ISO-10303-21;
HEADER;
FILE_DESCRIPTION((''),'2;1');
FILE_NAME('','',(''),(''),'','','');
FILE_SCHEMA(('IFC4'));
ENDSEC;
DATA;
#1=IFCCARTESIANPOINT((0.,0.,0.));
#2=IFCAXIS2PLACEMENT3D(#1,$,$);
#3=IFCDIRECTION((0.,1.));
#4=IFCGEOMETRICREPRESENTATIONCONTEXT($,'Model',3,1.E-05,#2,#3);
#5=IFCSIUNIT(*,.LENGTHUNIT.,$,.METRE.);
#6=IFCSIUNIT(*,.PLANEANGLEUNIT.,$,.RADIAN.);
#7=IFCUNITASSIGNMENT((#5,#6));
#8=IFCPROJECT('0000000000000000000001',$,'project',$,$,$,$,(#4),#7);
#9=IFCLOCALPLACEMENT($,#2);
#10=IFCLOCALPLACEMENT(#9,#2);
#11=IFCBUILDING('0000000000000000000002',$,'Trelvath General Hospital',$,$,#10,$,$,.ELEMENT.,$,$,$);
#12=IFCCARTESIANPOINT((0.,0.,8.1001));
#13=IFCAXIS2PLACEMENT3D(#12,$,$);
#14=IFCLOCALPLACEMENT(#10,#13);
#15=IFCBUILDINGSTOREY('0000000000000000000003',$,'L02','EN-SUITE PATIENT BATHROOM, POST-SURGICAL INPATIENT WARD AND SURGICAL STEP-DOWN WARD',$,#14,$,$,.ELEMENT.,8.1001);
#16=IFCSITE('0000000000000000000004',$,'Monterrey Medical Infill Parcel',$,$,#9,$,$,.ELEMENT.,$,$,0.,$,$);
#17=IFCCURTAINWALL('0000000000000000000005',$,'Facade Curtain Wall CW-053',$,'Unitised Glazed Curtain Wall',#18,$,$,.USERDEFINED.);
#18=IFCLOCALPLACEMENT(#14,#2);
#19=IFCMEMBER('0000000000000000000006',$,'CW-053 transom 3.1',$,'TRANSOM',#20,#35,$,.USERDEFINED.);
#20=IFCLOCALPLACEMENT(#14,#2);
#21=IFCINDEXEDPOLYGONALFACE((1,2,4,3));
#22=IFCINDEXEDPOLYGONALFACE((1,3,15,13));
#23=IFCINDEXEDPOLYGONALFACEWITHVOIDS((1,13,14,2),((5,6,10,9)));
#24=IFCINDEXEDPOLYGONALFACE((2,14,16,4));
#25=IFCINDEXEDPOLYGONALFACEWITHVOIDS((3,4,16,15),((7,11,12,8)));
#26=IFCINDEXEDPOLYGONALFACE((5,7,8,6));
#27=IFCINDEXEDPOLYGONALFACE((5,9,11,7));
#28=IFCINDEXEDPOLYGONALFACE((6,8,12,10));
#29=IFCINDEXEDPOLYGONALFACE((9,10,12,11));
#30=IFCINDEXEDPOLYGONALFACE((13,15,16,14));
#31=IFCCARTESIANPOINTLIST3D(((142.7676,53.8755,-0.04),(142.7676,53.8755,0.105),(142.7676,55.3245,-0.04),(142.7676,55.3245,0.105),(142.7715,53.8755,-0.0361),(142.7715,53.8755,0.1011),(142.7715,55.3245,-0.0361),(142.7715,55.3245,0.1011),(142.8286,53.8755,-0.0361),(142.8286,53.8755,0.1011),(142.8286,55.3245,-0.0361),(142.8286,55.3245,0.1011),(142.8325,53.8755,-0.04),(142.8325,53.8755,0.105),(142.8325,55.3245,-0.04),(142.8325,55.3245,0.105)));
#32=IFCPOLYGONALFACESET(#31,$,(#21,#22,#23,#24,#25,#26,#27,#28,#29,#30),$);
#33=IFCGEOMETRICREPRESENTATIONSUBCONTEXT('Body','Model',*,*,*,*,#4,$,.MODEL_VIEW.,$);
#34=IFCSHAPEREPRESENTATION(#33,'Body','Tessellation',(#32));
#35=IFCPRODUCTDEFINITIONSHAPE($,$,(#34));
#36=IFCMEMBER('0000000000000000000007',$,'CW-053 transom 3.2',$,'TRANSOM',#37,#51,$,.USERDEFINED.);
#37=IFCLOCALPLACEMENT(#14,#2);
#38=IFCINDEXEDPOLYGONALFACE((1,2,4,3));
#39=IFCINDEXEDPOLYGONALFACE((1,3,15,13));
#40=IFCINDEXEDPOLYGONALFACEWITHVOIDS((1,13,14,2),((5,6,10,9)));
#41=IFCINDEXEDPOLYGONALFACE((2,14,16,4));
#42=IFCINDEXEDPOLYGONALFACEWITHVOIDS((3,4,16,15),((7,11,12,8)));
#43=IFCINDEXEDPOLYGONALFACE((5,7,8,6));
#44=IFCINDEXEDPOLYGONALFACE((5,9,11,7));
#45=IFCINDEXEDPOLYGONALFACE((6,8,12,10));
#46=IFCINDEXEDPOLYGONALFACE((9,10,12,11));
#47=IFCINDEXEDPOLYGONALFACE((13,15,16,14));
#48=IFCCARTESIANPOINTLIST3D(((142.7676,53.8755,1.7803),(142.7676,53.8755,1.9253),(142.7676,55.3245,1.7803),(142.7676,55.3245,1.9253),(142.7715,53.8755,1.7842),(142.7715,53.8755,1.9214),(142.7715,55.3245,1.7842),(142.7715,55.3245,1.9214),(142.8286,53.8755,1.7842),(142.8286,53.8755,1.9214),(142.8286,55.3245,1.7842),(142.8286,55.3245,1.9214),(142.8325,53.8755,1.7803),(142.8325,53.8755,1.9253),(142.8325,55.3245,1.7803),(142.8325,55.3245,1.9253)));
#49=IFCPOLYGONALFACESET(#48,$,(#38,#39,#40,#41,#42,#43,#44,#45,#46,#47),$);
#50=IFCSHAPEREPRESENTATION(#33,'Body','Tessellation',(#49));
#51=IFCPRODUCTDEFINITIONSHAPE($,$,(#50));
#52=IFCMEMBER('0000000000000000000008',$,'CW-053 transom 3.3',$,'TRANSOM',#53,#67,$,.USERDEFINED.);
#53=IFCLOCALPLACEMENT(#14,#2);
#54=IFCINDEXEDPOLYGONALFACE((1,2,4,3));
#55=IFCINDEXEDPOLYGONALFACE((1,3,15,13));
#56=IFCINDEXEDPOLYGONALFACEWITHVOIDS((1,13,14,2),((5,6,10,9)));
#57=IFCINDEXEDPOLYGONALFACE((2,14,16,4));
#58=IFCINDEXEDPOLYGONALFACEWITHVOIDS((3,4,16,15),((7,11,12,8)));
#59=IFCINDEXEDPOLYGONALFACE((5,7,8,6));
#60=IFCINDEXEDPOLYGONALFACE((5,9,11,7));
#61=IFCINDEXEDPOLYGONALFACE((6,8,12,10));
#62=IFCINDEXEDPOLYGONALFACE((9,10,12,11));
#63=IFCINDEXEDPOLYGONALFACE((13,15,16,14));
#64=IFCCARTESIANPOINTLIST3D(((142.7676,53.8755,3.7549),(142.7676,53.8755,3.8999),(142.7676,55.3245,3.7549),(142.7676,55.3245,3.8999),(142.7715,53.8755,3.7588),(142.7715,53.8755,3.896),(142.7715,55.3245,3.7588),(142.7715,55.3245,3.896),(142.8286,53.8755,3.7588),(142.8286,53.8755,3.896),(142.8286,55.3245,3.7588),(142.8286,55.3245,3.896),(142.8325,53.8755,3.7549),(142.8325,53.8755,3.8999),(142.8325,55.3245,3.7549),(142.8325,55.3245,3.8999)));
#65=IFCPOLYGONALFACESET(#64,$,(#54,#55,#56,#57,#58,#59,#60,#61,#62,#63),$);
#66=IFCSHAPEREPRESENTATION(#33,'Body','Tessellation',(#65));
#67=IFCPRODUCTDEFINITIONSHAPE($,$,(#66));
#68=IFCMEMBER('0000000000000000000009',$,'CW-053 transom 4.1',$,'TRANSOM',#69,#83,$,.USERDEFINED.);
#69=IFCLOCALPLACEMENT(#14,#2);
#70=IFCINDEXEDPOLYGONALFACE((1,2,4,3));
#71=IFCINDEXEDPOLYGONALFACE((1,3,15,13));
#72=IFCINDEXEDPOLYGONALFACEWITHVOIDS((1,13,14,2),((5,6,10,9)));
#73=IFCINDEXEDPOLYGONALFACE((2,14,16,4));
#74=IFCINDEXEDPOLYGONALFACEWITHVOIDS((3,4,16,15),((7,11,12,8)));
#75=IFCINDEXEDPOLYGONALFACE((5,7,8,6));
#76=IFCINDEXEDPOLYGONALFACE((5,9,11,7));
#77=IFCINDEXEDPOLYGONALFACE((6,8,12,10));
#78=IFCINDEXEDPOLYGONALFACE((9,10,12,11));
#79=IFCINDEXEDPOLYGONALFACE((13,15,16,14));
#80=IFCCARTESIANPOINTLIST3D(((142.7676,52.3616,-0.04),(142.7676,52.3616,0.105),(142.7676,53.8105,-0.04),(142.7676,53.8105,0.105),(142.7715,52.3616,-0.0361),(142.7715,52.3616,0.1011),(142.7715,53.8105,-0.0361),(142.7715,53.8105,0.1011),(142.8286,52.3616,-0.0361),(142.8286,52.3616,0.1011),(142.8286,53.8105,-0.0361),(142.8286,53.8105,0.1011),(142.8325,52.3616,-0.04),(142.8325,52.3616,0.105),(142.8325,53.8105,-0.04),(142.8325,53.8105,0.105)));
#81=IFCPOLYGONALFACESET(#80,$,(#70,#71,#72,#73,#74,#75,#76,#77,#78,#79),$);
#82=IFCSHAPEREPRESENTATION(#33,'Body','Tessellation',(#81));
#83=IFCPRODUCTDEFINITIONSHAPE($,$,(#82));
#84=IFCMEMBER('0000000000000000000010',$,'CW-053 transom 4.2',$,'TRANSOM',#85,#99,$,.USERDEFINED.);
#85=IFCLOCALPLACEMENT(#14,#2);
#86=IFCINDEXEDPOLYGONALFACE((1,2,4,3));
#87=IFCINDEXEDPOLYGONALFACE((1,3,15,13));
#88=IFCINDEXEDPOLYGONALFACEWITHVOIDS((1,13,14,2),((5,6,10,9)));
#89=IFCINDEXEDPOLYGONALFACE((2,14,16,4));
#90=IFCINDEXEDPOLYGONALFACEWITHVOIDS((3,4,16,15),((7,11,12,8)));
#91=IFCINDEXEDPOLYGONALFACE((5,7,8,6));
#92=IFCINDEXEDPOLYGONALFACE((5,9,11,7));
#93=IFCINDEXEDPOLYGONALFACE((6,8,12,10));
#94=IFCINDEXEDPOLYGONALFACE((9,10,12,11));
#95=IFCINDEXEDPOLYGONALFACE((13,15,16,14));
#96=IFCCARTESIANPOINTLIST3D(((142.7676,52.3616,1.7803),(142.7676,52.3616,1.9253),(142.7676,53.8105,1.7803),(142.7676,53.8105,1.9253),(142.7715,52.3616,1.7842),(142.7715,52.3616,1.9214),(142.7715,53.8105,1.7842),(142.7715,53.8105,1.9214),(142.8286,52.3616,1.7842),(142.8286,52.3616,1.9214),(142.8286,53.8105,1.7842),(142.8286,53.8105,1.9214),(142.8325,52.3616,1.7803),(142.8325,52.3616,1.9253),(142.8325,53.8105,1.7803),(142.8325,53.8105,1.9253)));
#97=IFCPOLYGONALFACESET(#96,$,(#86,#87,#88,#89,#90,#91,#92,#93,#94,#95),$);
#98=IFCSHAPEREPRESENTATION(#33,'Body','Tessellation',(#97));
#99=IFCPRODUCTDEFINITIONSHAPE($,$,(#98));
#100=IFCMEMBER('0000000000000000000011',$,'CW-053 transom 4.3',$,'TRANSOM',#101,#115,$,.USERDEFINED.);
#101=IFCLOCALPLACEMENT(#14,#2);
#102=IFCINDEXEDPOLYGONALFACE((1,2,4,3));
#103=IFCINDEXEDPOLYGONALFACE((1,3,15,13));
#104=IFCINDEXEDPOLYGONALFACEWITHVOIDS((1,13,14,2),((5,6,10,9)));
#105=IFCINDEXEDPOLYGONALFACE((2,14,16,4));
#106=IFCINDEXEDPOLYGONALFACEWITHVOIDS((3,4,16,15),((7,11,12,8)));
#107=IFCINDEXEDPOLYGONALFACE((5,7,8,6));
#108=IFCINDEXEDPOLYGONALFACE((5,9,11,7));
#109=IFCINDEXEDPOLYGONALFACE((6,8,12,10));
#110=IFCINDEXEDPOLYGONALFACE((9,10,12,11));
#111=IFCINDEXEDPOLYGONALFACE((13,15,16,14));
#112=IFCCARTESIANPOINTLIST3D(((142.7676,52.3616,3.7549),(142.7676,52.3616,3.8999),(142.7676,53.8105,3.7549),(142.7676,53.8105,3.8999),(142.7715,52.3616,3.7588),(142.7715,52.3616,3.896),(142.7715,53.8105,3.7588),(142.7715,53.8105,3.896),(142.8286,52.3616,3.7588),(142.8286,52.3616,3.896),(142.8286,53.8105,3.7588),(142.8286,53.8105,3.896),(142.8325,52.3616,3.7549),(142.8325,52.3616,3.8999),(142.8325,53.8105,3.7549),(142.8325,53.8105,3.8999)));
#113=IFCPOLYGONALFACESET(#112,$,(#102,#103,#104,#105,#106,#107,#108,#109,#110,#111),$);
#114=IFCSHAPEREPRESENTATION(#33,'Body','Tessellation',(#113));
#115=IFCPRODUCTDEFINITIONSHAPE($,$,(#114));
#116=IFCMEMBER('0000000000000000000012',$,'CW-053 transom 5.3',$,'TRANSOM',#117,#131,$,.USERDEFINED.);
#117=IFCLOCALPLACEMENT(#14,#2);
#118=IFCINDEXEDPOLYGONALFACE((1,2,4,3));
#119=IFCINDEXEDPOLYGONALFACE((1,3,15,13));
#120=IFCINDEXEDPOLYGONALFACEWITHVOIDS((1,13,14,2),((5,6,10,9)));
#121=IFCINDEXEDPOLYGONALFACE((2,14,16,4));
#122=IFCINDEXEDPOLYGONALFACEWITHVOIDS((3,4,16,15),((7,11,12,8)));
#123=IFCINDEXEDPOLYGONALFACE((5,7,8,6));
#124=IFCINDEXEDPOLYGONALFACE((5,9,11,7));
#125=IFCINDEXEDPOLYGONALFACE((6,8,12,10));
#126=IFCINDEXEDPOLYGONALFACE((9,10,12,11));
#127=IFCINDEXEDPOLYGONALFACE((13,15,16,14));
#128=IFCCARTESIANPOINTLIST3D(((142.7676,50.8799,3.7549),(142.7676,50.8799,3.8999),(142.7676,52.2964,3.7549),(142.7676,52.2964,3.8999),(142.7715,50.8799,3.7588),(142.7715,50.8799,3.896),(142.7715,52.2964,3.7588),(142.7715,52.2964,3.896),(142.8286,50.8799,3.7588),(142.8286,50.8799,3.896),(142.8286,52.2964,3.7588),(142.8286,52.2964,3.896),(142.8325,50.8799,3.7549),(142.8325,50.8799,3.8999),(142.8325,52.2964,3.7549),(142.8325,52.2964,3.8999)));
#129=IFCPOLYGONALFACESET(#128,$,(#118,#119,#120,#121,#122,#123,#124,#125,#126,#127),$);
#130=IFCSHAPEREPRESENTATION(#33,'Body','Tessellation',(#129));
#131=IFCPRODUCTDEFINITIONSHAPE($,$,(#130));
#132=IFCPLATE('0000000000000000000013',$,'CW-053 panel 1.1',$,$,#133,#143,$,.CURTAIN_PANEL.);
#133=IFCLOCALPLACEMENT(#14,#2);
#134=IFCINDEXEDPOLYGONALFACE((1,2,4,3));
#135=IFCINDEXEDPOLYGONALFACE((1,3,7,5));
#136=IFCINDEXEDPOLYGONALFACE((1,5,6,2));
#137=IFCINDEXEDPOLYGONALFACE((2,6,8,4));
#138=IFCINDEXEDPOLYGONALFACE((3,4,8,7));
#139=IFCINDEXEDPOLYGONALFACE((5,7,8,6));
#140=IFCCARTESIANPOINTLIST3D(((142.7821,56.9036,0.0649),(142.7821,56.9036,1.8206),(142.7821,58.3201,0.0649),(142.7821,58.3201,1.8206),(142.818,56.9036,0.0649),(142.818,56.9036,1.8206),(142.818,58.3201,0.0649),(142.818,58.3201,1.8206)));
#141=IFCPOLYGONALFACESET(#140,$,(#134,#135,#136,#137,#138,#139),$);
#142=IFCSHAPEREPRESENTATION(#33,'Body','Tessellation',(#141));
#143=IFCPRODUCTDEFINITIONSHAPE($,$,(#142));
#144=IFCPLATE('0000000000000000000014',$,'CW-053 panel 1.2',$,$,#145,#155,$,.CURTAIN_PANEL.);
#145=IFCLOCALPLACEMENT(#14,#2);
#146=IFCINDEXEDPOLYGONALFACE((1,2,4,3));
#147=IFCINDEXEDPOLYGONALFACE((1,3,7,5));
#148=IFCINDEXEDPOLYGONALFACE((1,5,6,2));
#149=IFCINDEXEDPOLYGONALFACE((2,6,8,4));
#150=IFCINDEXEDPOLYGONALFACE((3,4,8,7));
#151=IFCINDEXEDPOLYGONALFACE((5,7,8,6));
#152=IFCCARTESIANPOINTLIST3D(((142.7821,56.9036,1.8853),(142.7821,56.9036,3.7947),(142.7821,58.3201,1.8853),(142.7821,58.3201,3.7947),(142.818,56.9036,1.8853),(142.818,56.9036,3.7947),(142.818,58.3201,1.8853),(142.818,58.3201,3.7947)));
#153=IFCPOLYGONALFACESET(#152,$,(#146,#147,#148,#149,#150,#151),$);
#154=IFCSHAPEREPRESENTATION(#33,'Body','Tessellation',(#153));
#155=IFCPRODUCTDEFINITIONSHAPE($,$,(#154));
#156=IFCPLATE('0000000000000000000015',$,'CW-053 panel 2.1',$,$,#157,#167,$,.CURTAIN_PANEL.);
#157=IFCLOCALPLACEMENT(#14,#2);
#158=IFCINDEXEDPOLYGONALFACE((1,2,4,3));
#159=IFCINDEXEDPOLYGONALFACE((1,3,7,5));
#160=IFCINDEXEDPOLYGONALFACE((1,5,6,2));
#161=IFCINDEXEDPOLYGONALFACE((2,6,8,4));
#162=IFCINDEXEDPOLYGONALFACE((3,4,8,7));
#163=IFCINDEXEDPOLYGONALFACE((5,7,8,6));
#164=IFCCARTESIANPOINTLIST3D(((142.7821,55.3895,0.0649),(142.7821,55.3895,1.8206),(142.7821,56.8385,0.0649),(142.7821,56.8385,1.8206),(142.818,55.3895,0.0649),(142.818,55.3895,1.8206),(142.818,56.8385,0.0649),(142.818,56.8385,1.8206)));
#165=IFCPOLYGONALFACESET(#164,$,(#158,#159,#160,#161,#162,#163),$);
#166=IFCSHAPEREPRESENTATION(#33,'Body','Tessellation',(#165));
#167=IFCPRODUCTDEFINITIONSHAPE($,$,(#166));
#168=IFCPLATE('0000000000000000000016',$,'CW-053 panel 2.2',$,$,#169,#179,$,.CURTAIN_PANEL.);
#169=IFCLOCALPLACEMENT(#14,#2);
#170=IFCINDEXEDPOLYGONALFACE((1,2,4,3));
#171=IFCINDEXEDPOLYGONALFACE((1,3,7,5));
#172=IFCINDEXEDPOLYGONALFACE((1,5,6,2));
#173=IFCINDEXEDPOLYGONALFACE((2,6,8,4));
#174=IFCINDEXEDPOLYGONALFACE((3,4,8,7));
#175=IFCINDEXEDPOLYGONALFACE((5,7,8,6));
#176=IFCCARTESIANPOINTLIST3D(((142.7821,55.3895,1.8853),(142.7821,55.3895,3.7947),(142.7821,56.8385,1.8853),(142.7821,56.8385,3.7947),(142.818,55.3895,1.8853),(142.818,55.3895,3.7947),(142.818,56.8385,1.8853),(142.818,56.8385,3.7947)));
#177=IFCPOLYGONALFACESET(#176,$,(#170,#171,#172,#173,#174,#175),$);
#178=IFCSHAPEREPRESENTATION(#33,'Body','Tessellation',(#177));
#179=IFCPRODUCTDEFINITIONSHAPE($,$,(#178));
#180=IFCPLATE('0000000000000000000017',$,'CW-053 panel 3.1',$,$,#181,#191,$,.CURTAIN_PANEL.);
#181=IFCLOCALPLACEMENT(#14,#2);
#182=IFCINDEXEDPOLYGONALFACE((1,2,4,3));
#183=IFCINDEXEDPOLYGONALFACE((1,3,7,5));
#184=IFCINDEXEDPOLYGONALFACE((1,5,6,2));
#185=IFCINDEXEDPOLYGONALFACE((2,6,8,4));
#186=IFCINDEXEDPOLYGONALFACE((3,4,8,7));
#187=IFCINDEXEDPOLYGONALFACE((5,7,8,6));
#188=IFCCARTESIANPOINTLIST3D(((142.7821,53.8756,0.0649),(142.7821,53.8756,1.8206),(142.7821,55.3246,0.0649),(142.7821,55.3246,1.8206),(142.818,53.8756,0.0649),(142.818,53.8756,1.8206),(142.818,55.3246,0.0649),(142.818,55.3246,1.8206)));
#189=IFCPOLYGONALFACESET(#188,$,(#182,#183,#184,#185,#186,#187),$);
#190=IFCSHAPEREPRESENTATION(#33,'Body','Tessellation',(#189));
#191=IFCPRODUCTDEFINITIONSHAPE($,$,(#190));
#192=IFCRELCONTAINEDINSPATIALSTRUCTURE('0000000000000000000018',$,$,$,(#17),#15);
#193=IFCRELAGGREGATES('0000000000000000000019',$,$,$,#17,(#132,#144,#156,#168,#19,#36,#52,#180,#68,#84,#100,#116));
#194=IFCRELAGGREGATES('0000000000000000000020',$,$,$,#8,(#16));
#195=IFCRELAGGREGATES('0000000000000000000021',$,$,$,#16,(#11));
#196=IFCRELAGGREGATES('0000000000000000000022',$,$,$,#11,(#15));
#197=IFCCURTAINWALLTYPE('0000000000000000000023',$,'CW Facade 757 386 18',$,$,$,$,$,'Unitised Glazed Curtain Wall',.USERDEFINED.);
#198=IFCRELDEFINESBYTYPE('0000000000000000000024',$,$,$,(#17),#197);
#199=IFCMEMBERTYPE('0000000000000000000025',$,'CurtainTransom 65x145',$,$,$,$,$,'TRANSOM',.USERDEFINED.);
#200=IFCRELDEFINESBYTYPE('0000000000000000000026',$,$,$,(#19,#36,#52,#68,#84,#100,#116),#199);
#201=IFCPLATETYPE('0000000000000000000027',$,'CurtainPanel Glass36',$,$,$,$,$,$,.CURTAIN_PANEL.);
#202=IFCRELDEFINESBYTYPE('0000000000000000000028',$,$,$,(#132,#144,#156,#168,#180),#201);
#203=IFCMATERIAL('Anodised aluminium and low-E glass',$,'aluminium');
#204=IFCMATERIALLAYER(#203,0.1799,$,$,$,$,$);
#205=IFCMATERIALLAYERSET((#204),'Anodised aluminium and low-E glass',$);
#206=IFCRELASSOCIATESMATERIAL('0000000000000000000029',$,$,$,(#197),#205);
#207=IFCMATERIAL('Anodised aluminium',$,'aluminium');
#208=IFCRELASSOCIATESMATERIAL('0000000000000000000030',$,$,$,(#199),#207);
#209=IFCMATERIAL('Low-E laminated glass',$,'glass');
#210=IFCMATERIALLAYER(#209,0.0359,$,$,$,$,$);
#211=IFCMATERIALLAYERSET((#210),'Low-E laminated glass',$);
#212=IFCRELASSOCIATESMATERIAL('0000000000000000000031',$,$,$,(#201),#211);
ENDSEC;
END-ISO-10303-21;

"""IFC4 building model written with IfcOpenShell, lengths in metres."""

from ifc_helpers import new_model, si_unit, direction, frame, origin, origin_2d, place, context, subcontext, project, spatial, rectangle, hollow_rectangle, extrude, material, layer, layer_set, material_profile, profile_set, type_object, element, aggregate, save


model = new_model("IFC4")

# Units and contexts
model_context = context("Model", 3, precision=1e-05, world=origin(), true_north=direction((0.0, 1.0)))
body_context = subcontext(model_context, "Body", "Model", "MODEL_VIEW")
ifc_project = project(units=[si_unit("LENGTHUNIT", "METRE"), si_unit("PLANEANGLEUNIT", "RADIAN")], contexts=[model_context])

# Site, building, storey
site_placement = place(None, origin())
site = spatial("IfcSite", under=ifc_project, at=site_placement, Name="Monterrey Medical Infill Parcel", CompositionType="ELEMENT", RefElevation=0.0)
building_placement = place(site_placement, origin())
building = spatial("IfcBuilding", under=site, at=building_placement, Name="Trelvath General Hospital", CompositionType="ELEMENT")
storey_placement = place(building_placement, frame((0.0, 0.0, 8.1001)))
storey = spatial("IfcBuildingStorey", under=building, at=storey_placement, Name="L02", Description="EN-SUITE PATIENT BATHROOM, POST-SURGICAL INPATIENT WARD AND SURGICAL STEP-DOWN WARD", CompositionType="ELEMENT", Elevation=8.1001)

# Curtain wall, members, plates
ifc_material_1 = material(Name="Anodised aluminium and low-E glass", Category="aluminium")
ifc_layer_1 = layer(ifc_material_1, 0.1799)
ifc_layer_set_1 = layer_set([ifc_layer_1], Name="Anodised aluminium and low-E glass")
curtain_wall_type = type_object("IfcCurtainWallType", Name="CW Facade 757 386 18", ElementType="Unitised Glazed Curtain Wall", PredefinedType="USERDEFINED", material=ifc_layer_set_1)
curtain_wall_placement = place(storey_placement, origin())
curtain_wall = element("IfcCurtainWall", 1, at=curtain_wall_placement, inside=storey, type_object=curtain_wall_type, Name="Facade Curtain Wall CW-053", ObjectType="Unitised Glazed Curtain Wall", PredefinedType="USERDEFINED")
ifc_material_2 = material(Name="Anodised aluminium", Category="aluminium")
ifc_material_profile_1 = material_profile(ifc_material_2, hollow_rectangle(XDim=0.0649, YDim=0.145, WallThickness=0.0039, at=origin_2d()), Name="RHS65x145x4")
ifc_profile_set_1 = profile_set([ifc_material_profile_1], Name="Anodised aluminium")
member_type_1 = type_object("IfcMemberType", Name="CurtainTransom 65x145", ElementType="TRANSOM", PredefinedType="USERDEFINED", material=ifc_profile_set_1)
member_1_placement = place(storey_placement, frame((142.8, 55.3245, 0.0325), z_axis=(0.0, -1.0, 0.0), x_axis=(1.0, 0.0, 0.0)))
member_1 = element("IfcMember", 2, at=member_1_placement, type_object=member_type_1, Name="CW-053 transom 3.1", ObjectType="TRANSOM", PredefinedType="USERDEFINED", context=body_context, shape_type="SweptSolid", body=[
    extrude(hollow_rectangle(XDim=0.0649, YDim=0.145, WallThickness=0.0039, at=origin_2d()), origin(), (0.0, 0.0, 1.0), 1.449),
])
member_2_placement = place(storey_placement, frame((142.8, 55.3245, 1.8528), z_axis=(0.0, -1.0, 0.0), x_axis=(1.0, 0.0, 0.0)))
member_2 = element("IfcMember", 3, at=member_2_placement, type_object=member_type_1, Name="CW-053 transom 3.2", ObjectType="TRANSOM", PredefinedType="USERDEFINED", context=body_context, shape_type="SweptSolid", body=[
    extrude(hollow_rectangle(XDim=0.0649, YDim=0.145, WallThickness=0.0039, at=origin_2d()), origin(), (0.0, 0.0, 1.0), 1.449),
])
member_3_placement = place(storey_placement, frame((142.8, 55.3245, 3.8274), z_axis=(0.0, -1.0, 0.0), x_axis=(1.0, 0.0, 0.0)))
member_3 = element("IfcMember", 4, at=member_3_placement, type_object=member_type_1, Name="CW-053 transom 3.3", ObjectType="TRANSOM", PredefinedType="USERDEFINED", context=body_context, shape_type="SweptSolid", body=[
    extrude(hollow_rectangle(XDim=0.0649, YDim=0.145, WallThickness=0.0039, at=origin_2d()), origin(), (0.0, 0.0, 1.0), 1.449),
])
member_4_placement = place(storey_placement, frame((142.8, 53.8105, 0.0325), z_axis=(0.0, -1.0, 0.0), x_axis=(1.0, 0.0, 0.0)))
member_4 = element("IfcMember", 5, at=member_4_placement, type_object=member_type_1, Name="CW-053 transom 4.1", ObjectType="TRANSOM", PredefinedType="USERDEFINED", context=body_context, shape_type="SweptSolid", body=[
    extrude(hollow_rectangle(XDim=0.0649, YDim=0.145, WallThickness=0.0039, at=origin_2d()), origin(), (0.0, 0.0, 1.0), 1.449),
])
member_5_placement = place(storey_placement, frame((142.8, 53.8105, 1.8528), z_axis=(0.0, -1.0, 0.0), x_axis=(1.0, 0.0, 0.0)))
member_5 = element("IfcMember", 6, at=member_5_placement, type_object=member_type_1, Name="CW-053 transom 4.2", ObjectType="TRANSOM", PredefinedType="USERDEFINED", context=body_context, shape_type="SweptSolid", body=[
    extrude(hollow_rectangle(XDim=0.0649, YDim=0.145, WallThickness=0.0039, at=origin_2d()), origin(), (0.0, 0.0, 1.0), 1.449),
])
member_6_placement = place(storey_placement, frame((142.8, 53.8105, 3.8274), z_axis=(0.0, -1.0, 0.0), x_axis=(1.0, 0.0, 0.0)))
member_6 = element("IfcMember", 7, at=member_6_placement, type_object=member_type_1, Name="CW-053 transom 4.3", ObjectType="TRANSOM", PredefinedType="USERDEFINED", context=body_context, shape_type="SweptSolid", body=[
    extrude(hollow_rectangle(XDim=0.0649, YDim=0.145, WallThickness=0.0039, at=origin_2d()), origin(), (0.0, 0.0, 1.0), 1.449),
])
member_7_placement = place(storey_placement, frame((142.8, 52.2964, 3.8274), z_axis=(0.0, -1.0, 0.0), x_axis=(1.0, 0.0, 0.0)))
member_7 = element("IfcMember", 8, at=member_7_placement, type_object=member_type_1, Name="CW-053 transom 5.3", ObjectType="TRANSOM", PredefinedType="USERDEFINED", context=body_context, shape_type="SweptSolid", body=[
    extrude(hollow_rectangle(XDim=0.0649, YDim=0.145, WallThickness=0.0039, at=origin_2d()), origin(), (0.0, 0.0, 1.0), 1.4165),
])
ifc_material_3 = material(Name="Low-E laminated glass", Category="glass")
ifc_layer_2 = layer(ifc_material_3, 0.0359)
ifc_layer_set_2 = layer_set([ifc_layer_2], Name="Low-E laminated glass")
plate_type = type_object("IfcPlateType", Name="CurtainPanel Glass36", PredefinedType="CURTAIN_PANEL", material=ifc_layer_set_2)
plate_1_placement = place(storey_placement, frame((142.8, 57.6118, 0.0649), z_axis=(0.0, 0.0, 1.0), x_axis=(0.0, -1.0, 0.0)))
plate_1 = element("IfcPlate", 9, at=plate_1_placement, type_object=plate_type, Name="CW-053 panel 1.1", PredefinedType="CURTAIN_PANEL", context=body_context, shape_type="SweptSolid", body=[
    extrude(rectangle(XDim=1.4165, YDim=0.0359, at=origin_2d()), origin(), (0.0, 0.0, 1.0), 1.7556),
])
plate_2_placement = place(storey_placement, frame((142.8, 57.6118, 1.8853), z_axis=(0.0, 0.0, 1.0), x_axis=(0.0, -1.0, 0.0)))
plate_2 = element("IfcPlate", 10, at=plate_2_placement, type_object=plate_type, Name="CW-053 panel 1.2", PredefinedType="CURTAIN_PANEL", context=body_context, shape_type="SweptSolid", body=[
    extrude(rectangle(XDim=1.4165, YDim=0.0359, at=origin_2d()), origin(), (0.0, 0.0, 1.0), 1.9094),
])
plate_3_placement = place(storey_placement, frame((142.8, 56.114, 0.0649), z_axis=(0.0, 0.0, 1.0), x_axis=(0.0, -1.0, 0.0)))
plate_3 = element("IfcPlate", 11, at=plate_3_placement, type_object=plate_type, Name="CW-053 panel 2.1", PredefinedType="CURTAIN_PANEL", context=body_context, shape_type="SweptSolid", body=[
    extrude(rectangle(XDim=1.449, YDim=0.0359, at=origin_2d()), origin(), (0.0, 0.0, 1.0), 1.7556),
])
plate_4_placement = place(storey_placement, frame((142.8, 56.114, 1.8853), z_axis=(0.0, 0.0, 1.0), x_axis=(0.0, -1.0, 0.0)))
plate_4 = element("IfcPlate", 12, at=plate_4_placement, type_object=plate_type, Name="CW-053 panel 2.2", PredefinedType="CURTAIN_PANEL", context=body_context, shape_type="SweptSolid", body=[
    extrude(rectangle(XDim=1.449, YDim=0.0359, at=origin_2d()), origin(), (0.0, 0.0, 1.0), 1.9094),
])
plate_5_placement = place(storey_placement, frame((142.8, 54.6001, 0.0649), z_axis=(0.0, 0.0, 1.0), x_axis=(0.0, -1.0, 0.0)))
plate_5 = element("IfcPlate", 13, at=plate_5_placement, type_object=plate_type, Name="CW-053 panel 3.1", PredefinedType="CURTAIN_PANEL", context=body_context, shape_type="SweptSolid", body=[
    extrude(rectangle(XDim=1.449, YDim=0.0359, at=origin_2d()), origin(), (0.0, 0.0, 1.0), 1.7556),
])
aggregate(curtain_wall, [plate_1, plate_2, plate_3, plate_4, member_1, member_2, member_3, plate_5, member_4, member_5, member_6, member_7])

save(model, "model.ifc")
